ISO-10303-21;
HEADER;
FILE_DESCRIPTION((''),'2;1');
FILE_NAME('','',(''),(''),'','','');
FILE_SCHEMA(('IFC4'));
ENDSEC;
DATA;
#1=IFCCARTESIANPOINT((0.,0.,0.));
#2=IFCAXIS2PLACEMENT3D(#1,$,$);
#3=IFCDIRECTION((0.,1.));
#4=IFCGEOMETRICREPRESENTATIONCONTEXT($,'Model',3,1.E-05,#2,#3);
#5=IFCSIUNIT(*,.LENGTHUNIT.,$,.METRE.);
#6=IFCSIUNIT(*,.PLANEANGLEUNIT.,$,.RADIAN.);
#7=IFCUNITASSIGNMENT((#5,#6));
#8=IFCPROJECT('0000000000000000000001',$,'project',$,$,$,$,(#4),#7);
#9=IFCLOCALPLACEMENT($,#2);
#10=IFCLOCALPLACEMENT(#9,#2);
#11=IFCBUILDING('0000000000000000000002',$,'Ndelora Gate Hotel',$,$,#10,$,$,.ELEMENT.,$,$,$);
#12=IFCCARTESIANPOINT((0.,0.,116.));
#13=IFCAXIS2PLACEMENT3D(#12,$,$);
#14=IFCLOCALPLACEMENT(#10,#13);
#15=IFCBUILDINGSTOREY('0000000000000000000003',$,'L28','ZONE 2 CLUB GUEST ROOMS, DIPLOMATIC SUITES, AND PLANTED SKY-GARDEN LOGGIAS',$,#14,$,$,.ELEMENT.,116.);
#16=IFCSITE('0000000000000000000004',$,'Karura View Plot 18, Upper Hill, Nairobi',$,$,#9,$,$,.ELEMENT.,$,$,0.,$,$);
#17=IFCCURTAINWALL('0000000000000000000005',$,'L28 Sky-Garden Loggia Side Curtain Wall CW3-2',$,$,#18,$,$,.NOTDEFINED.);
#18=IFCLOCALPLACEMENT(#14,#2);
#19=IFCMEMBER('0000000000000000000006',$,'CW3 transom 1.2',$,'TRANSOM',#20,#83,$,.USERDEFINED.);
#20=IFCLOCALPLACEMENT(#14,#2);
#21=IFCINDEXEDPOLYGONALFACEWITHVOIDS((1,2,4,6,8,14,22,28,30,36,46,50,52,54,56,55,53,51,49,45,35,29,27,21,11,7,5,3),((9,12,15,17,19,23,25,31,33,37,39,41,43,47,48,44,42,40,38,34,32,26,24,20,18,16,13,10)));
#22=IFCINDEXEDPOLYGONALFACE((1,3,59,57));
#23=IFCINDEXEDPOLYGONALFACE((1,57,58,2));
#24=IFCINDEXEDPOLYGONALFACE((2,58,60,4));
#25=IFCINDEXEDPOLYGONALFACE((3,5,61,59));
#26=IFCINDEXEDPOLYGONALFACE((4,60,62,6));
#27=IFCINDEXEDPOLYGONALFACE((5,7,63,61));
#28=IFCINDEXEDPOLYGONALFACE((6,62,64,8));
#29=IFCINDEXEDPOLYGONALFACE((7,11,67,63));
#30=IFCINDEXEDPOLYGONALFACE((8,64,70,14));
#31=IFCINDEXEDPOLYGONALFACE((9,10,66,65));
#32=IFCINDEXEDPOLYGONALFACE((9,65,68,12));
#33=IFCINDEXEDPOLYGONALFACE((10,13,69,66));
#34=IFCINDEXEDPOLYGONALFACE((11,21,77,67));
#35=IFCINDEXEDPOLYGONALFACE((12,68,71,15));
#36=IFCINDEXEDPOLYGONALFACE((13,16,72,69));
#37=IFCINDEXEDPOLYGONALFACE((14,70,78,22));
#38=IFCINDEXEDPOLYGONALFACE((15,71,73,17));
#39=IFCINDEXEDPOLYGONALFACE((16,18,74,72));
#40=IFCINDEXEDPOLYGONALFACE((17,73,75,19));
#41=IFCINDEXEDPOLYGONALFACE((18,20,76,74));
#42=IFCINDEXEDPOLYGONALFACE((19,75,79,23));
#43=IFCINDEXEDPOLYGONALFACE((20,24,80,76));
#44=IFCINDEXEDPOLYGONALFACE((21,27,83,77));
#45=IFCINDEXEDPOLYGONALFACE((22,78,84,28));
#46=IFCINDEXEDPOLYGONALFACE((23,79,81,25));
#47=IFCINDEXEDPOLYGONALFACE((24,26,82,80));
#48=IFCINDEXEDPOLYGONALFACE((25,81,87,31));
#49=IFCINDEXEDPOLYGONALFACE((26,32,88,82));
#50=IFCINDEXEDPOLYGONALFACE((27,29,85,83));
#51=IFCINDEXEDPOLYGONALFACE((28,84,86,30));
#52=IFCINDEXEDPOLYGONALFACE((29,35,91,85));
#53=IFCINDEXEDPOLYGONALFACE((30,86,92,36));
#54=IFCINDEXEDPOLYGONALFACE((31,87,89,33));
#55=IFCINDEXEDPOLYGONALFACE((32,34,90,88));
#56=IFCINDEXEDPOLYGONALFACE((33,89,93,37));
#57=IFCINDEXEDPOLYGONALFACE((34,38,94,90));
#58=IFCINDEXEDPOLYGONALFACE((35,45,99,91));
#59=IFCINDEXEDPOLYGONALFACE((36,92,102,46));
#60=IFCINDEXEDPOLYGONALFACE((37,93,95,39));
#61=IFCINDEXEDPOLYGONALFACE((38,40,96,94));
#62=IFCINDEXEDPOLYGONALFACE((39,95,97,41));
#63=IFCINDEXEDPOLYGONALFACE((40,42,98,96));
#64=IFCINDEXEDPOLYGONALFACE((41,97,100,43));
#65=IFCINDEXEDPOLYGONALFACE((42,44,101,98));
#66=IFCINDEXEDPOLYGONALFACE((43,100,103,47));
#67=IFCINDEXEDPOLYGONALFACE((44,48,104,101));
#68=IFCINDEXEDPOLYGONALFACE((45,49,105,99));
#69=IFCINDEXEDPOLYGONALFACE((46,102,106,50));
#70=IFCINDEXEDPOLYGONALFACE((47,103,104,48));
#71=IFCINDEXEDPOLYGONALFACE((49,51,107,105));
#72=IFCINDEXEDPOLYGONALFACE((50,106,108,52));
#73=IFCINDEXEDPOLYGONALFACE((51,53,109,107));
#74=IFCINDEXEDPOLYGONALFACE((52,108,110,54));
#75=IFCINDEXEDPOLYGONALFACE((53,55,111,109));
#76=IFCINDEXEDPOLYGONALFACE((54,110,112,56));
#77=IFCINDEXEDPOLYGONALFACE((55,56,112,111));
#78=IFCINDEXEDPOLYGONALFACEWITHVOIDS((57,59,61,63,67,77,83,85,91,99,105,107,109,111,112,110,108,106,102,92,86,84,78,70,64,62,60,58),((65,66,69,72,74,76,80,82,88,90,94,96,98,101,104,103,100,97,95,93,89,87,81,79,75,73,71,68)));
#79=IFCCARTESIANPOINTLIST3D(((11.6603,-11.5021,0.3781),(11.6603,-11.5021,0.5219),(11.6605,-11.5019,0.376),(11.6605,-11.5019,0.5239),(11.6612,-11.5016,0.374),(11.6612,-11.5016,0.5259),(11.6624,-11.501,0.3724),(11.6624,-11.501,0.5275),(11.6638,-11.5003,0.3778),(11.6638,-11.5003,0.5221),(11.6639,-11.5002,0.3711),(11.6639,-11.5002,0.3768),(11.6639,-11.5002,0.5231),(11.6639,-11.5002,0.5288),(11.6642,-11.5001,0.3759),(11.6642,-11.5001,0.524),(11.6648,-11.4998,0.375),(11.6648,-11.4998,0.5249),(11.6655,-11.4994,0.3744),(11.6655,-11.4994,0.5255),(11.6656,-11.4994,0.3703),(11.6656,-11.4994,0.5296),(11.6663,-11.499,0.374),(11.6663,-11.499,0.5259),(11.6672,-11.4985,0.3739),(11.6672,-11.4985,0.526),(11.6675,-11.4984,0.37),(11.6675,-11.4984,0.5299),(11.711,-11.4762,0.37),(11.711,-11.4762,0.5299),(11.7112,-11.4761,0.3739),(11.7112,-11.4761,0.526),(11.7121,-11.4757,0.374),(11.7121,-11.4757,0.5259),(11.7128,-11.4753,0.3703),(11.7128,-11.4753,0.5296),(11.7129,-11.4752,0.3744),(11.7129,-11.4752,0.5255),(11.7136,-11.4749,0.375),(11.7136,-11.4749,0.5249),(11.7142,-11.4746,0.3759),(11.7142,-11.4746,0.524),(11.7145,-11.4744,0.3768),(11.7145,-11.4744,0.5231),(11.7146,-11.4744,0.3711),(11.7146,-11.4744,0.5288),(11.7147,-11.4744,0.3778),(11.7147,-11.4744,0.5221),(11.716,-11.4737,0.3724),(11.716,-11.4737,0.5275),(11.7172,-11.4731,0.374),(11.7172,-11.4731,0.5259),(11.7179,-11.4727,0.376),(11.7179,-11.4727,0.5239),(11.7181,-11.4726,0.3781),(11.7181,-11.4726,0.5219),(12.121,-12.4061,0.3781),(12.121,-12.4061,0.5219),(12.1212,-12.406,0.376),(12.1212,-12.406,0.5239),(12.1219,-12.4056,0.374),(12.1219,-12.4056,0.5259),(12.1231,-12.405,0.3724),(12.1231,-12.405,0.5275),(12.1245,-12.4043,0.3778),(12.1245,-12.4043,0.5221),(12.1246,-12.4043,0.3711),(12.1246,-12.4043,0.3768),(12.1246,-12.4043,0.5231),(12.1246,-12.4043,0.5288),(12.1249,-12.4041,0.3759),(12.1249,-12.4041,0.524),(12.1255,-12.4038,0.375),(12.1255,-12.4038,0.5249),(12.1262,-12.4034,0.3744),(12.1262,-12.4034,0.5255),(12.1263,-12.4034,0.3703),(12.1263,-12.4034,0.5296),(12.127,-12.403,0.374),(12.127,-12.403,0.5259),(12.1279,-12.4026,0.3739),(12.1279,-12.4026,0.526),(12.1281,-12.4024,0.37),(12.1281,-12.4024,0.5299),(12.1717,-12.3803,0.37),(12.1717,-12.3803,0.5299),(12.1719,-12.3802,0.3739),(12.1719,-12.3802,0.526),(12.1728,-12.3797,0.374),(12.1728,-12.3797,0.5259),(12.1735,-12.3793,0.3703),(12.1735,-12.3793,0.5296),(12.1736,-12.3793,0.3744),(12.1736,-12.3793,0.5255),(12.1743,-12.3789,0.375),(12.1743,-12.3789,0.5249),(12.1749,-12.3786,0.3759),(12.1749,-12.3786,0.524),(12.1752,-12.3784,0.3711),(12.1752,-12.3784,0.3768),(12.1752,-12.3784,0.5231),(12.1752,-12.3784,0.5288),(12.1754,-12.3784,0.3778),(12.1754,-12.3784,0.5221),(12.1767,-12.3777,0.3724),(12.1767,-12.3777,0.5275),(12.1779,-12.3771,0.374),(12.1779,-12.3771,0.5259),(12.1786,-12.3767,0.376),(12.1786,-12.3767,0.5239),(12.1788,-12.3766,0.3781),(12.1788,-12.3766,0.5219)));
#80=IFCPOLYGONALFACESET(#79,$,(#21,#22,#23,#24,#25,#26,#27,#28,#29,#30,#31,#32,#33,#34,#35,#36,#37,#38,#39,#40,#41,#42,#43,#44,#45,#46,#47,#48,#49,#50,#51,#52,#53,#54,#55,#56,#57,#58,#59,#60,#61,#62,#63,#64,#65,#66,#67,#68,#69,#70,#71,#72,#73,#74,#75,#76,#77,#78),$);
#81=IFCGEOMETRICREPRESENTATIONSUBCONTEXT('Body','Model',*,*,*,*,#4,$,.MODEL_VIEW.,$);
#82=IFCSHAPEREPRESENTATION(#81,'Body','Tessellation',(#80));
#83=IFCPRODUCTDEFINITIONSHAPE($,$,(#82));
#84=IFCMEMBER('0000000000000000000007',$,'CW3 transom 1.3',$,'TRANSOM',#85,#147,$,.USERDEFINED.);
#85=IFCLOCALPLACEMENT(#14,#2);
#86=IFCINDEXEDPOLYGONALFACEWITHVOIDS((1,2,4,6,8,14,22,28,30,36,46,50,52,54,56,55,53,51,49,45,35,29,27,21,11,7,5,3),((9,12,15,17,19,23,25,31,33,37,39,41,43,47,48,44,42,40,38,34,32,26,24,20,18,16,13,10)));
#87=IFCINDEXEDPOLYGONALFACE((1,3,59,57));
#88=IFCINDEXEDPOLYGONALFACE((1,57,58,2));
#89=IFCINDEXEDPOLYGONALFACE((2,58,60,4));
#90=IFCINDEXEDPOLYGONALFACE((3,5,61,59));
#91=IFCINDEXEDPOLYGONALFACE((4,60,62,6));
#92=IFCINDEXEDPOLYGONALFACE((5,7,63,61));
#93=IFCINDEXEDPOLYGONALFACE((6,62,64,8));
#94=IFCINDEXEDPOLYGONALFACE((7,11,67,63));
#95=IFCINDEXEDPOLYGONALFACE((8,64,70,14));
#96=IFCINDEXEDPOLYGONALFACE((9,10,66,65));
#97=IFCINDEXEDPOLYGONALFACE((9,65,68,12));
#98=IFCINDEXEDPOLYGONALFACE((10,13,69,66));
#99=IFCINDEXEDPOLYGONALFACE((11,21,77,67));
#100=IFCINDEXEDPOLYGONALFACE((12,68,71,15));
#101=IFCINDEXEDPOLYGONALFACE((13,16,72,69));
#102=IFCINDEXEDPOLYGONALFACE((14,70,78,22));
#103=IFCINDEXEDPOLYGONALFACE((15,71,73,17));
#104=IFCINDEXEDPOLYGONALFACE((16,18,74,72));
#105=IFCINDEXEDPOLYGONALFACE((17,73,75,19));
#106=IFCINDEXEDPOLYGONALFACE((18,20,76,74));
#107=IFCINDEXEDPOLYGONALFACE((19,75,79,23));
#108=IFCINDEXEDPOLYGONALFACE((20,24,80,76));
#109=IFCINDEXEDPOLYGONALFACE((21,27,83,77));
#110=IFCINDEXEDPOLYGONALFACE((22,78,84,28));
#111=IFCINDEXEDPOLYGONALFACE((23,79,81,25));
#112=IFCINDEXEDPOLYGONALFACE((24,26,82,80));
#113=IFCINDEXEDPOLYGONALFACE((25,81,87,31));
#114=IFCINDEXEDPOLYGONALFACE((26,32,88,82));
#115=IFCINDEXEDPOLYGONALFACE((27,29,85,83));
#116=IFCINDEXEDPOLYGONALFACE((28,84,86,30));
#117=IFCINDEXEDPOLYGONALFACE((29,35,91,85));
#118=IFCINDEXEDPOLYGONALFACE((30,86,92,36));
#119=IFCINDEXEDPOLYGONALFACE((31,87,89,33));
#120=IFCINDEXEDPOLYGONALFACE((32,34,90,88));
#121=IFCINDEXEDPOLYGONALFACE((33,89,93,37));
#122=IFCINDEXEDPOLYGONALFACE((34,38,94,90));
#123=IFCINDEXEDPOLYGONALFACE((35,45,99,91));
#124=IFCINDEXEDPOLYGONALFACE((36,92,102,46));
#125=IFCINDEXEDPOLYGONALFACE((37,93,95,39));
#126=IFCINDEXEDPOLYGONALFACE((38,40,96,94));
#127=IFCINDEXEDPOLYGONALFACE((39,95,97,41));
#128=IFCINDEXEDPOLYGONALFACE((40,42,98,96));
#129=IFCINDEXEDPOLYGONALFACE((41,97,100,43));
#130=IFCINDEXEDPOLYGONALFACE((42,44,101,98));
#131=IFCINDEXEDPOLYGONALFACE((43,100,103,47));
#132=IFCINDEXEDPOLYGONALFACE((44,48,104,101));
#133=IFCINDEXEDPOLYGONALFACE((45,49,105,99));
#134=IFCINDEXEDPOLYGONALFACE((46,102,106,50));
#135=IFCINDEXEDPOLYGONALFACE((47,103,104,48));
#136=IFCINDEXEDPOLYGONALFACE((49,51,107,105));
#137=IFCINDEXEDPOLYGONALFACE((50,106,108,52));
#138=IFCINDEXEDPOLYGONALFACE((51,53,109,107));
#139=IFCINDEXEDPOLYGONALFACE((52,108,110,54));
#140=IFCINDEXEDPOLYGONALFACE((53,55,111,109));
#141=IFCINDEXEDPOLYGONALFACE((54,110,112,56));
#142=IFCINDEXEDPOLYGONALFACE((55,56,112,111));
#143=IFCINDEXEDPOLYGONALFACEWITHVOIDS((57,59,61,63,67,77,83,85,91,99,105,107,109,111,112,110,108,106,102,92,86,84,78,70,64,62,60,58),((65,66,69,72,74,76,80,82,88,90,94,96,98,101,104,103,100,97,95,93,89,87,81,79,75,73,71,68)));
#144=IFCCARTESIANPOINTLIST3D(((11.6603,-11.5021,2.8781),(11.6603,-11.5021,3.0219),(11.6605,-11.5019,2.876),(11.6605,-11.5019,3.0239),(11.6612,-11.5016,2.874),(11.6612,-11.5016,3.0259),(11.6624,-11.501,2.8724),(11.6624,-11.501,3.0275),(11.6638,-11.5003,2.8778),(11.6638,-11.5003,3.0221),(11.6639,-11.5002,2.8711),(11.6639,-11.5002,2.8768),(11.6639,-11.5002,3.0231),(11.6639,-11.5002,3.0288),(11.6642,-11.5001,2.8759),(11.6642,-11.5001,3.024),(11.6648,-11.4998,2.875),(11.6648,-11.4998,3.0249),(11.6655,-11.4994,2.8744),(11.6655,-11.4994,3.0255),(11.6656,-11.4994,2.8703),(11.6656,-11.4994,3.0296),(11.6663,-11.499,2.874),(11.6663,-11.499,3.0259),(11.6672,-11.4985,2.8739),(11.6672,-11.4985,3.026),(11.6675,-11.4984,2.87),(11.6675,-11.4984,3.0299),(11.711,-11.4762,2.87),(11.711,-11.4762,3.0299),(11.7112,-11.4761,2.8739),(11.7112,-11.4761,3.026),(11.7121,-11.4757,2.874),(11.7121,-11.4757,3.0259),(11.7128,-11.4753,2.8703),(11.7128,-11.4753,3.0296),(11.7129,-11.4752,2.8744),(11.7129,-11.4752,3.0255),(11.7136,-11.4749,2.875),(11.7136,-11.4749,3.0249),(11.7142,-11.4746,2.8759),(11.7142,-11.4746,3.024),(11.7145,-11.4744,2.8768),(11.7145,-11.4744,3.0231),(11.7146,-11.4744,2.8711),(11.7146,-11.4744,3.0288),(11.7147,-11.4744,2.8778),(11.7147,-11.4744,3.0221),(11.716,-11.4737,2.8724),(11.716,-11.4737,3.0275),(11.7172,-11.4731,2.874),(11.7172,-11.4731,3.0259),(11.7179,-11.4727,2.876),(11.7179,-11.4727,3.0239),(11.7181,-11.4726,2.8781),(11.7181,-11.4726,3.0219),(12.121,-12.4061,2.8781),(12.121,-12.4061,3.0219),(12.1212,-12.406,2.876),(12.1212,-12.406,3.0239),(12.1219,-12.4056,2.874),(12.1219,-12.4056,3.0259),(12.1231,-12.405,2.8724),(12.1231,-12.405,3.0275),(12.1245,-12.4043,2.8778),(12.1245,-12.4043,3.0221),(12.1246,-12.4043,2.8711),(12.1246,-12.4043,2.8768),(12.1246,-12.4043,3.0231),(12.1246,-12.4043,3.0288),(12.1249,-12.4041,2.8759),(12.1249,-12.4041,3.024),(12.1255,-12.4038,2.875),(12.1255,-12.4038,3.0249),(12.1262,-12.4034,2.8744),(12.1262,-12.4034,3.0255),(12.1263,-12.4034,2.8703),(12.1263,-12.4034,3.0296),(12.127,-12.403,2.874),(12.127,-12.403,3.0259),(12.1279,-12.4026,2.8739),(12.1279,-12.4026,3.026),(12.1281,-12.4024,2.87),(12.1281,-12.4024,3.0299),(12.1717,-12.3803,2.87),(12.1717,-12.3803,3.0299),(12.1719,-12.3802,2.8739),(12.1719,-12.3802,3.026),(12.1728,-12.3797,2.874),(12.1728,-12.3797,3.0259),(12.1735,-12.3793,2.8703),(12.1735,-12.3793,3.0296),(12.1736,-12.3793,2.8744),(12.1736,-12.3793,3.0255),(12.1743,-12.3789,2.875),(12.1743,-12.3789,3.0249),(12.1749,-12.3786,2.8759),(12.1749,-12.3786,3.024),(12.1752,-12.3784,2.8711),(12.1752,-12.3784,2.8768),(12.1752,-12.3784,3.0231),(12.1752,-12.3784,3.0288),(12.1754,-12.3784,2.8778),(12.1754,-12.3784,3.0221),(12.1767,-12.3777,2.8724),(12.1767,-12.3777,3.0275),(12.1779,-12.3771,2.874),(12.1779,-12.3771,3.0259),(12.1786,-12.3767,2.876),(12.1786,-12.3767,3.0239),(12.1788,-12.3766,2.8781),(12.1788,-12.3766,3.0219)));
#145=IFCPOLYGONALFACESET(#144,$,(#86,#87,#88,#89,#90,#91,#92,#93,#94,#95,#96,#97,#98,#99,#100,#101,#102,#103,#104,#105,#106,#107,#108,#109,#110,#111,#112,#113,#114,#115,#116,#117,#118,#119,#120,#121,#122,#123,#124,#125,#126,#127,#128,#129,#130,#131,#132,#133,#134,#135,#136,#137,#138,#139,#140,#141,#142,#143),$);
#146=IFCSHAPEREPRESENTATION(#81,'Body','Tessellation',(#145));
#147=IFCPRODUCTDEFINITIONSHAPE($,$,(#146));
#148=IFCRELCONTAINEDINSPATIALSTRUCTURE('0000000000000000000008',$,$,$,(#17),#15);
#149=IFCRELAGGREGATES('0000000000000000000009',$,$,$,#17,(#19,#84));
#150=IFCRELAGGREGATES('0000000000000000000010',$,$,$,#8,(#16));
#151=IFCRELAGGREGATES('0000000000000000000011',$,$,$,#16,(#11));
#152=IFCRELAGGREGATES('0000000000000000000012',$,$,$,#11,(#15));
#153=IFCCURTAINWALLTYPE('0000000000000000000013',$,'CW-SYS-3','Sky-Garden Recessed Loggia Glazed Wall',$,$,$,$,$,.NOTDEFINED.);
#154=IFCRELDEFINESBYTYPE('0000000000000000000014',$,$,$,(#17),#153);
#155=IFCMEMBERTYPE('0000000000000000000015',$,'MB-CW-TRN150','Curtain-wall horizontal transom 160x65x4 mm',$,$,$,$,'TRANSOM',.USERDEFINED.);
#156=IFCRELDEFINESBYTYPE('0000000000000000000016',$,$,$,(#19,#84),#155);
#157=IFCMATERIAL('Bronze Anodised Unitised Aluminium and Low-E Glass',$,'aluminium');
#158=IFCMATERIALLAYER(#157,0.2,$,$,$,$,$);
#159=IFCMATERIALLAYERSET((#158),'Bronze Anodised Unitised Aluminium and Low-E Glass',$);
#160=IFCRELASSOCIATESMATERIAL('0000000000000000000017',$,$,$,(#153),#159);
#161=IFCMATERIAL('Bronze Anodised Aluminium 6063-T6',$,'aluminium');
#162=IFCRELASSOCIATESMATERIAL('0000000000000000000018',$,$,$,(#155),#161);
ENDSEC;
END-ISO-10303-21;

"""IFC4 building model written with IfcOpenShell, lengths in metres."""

from ifc_helpers import new_model, si_unit, direction, frame, origin, origin_2d, place, context, subcontext, project, spatial, hollow_rectangle, extrude, material, layer, layer_set, material_profile, profile_set, type_object, element, aggregate, save


model = new_model("IFC4")

# Units and contexts
model_context = context("Model", 3, precision=1e-05, world=origin(), true_north=direction((0.0, 1.0)))
body_context = subcontext(model_context, "Body", "Model", "MODEL_VIEW")
ifc_project = project(units=[si_unit("LENGTHUNIT", "METRE"), si_unit("PLANEANGLEUNIT", "RADIAN")], contexts=[model_context])

# Site, building, storey
site_placement = place(None, origin())
site = spatial("IfcSite", under=ifc_project, at=site_placement, Name="Karura View Plot 18, Upper Hill, Nairobi", CompositionType="ELEMENT", RefElevation=0.0)
building_placement = place(site_placement, origin())
building = spatial("IfcBuilding", under=site, at=building_placement, Name="Ndelora Gate Hotel", CompositionType="ELEMENT")
storey_placement = place(building_placement, frame((0.0, 0.0, 116.0)))
storey = spatial("IfcBuildingStorey", under=building, at=storey_placement, Name="L28", Description="ZONE 2 CLUB GUEST ROOMS, DIPLOMATIC SUITES, AND PLANTED SKY-GARDEN LOGGIAS", CompositionType="ELEMENT", Elevation=116.0)

# Curtain wall, members
ifc_material_1 = material(Name="Bronze Anodised Unitised Aluminium and Low-E Glass", Category="aluminium")
ifc_layer_1 = layer(ifc_material_1, 0.2)
ifc_layer_set_1 = layer_set([ifc_layer_1], Name="Bronze Anodised Unitised Aluminium and Low-E Glass")
curtain_wall_type = type_object("IfcCurtainWallType", Name="CW-SYS-3", Description="Sky-Garden Recessed Loggia Glazed Wall", PredefinedType="NOTDEFINED", material=ifc_layer_set_1)
curtain_wall_placement = place(storey_placement, origin())
curtain_wall = element("IfcCurtainWall", 1, at=curtain_wall_placement, inside=storey, type_object=curtain_wall_type, Name="L28 Sky-Garden Loggia Side Curtain Wall CW3-2", PredefinedType="NOTDEFINED")
ifc_material_2 = material(Name="Bronze Anodised Aluminium 6063-T6", Category="aluminium")
ifc_material_profile_1 = material_profile(ifc_material_2, hollow_rectangle(XDim=0.0649, YDim=0.1599, WallThickness=0.0039, InnerFilletRadius=0.0039, OuterFilletRadius=0.0081, at=origin_2d()), Name="ALU 160x65x4")
ifc_profile_set_1 = profile_set([ifc_material_profile_1], Name="Bronze Anodised Aluminium 6063-T6")
member_type_1 = type_object("IfcMemberType", Name="MB-CW-TRN150", Description="Curtain-wall horizontal transom 160x65x4 mm", ElementType="TRANSOM", PredefinedType="USERDEFINED", material=ifc_profile_set_1)
member_1_placement = place(storey_placement, frame((12.1499, -12.3914, 0.45), z_axis=(-0.454034, 0.890984, 0.0), x_axis=(-0.890984, -0.454034, 0.0)))
member_1 = element("IfcMember", 2, at=member_1_placement, type_object=member_type_1, Name="CW3 transom 1.2", ObjectType="TRANSOM", PredefinedType="USERDEFINED", context=body_context, shape_type="SweptSolid", body=[
    extrude(hollow_rectangle(XDim=0.0649, YDim=0.1599, WallThickness=0.0039, InnerFilletRadius=0.0039, OuterFilletRadius=0.0081, at=origin_2d()), origin(), (0.0, 0.0, 1.0), 1.0146),
])
member_2_placement = place(storey_placement, frame((12.1499, -12.3914, 2.95), z_axis=(-0.454034, 0.890984, 0.0), x_axis=(-0.890984, -0.454034, 0.0)))
member_2 = element("IfcMember", 3, at=member_2_placement, type_object=member_type_1, Name="CW3 transom 1.3", ObjectType="TRANSOM", PredefinedType="USERDEFINED", context=body_context, shape_type="SweptSolid", body=[
    extrude(hollow_rectangle(XDim=0.0649, YDim=0.1599, WallThickness=0.0039, InnerFilletRadius=0.0039, OuterFilletRadius=0.0081, at=origin_2d()), origin(), (0.0, 0.0, 1.0), 1.0146),
])
aggregate(curtain_wall, [member_1, member_2])

save(model, "model.ifc")
